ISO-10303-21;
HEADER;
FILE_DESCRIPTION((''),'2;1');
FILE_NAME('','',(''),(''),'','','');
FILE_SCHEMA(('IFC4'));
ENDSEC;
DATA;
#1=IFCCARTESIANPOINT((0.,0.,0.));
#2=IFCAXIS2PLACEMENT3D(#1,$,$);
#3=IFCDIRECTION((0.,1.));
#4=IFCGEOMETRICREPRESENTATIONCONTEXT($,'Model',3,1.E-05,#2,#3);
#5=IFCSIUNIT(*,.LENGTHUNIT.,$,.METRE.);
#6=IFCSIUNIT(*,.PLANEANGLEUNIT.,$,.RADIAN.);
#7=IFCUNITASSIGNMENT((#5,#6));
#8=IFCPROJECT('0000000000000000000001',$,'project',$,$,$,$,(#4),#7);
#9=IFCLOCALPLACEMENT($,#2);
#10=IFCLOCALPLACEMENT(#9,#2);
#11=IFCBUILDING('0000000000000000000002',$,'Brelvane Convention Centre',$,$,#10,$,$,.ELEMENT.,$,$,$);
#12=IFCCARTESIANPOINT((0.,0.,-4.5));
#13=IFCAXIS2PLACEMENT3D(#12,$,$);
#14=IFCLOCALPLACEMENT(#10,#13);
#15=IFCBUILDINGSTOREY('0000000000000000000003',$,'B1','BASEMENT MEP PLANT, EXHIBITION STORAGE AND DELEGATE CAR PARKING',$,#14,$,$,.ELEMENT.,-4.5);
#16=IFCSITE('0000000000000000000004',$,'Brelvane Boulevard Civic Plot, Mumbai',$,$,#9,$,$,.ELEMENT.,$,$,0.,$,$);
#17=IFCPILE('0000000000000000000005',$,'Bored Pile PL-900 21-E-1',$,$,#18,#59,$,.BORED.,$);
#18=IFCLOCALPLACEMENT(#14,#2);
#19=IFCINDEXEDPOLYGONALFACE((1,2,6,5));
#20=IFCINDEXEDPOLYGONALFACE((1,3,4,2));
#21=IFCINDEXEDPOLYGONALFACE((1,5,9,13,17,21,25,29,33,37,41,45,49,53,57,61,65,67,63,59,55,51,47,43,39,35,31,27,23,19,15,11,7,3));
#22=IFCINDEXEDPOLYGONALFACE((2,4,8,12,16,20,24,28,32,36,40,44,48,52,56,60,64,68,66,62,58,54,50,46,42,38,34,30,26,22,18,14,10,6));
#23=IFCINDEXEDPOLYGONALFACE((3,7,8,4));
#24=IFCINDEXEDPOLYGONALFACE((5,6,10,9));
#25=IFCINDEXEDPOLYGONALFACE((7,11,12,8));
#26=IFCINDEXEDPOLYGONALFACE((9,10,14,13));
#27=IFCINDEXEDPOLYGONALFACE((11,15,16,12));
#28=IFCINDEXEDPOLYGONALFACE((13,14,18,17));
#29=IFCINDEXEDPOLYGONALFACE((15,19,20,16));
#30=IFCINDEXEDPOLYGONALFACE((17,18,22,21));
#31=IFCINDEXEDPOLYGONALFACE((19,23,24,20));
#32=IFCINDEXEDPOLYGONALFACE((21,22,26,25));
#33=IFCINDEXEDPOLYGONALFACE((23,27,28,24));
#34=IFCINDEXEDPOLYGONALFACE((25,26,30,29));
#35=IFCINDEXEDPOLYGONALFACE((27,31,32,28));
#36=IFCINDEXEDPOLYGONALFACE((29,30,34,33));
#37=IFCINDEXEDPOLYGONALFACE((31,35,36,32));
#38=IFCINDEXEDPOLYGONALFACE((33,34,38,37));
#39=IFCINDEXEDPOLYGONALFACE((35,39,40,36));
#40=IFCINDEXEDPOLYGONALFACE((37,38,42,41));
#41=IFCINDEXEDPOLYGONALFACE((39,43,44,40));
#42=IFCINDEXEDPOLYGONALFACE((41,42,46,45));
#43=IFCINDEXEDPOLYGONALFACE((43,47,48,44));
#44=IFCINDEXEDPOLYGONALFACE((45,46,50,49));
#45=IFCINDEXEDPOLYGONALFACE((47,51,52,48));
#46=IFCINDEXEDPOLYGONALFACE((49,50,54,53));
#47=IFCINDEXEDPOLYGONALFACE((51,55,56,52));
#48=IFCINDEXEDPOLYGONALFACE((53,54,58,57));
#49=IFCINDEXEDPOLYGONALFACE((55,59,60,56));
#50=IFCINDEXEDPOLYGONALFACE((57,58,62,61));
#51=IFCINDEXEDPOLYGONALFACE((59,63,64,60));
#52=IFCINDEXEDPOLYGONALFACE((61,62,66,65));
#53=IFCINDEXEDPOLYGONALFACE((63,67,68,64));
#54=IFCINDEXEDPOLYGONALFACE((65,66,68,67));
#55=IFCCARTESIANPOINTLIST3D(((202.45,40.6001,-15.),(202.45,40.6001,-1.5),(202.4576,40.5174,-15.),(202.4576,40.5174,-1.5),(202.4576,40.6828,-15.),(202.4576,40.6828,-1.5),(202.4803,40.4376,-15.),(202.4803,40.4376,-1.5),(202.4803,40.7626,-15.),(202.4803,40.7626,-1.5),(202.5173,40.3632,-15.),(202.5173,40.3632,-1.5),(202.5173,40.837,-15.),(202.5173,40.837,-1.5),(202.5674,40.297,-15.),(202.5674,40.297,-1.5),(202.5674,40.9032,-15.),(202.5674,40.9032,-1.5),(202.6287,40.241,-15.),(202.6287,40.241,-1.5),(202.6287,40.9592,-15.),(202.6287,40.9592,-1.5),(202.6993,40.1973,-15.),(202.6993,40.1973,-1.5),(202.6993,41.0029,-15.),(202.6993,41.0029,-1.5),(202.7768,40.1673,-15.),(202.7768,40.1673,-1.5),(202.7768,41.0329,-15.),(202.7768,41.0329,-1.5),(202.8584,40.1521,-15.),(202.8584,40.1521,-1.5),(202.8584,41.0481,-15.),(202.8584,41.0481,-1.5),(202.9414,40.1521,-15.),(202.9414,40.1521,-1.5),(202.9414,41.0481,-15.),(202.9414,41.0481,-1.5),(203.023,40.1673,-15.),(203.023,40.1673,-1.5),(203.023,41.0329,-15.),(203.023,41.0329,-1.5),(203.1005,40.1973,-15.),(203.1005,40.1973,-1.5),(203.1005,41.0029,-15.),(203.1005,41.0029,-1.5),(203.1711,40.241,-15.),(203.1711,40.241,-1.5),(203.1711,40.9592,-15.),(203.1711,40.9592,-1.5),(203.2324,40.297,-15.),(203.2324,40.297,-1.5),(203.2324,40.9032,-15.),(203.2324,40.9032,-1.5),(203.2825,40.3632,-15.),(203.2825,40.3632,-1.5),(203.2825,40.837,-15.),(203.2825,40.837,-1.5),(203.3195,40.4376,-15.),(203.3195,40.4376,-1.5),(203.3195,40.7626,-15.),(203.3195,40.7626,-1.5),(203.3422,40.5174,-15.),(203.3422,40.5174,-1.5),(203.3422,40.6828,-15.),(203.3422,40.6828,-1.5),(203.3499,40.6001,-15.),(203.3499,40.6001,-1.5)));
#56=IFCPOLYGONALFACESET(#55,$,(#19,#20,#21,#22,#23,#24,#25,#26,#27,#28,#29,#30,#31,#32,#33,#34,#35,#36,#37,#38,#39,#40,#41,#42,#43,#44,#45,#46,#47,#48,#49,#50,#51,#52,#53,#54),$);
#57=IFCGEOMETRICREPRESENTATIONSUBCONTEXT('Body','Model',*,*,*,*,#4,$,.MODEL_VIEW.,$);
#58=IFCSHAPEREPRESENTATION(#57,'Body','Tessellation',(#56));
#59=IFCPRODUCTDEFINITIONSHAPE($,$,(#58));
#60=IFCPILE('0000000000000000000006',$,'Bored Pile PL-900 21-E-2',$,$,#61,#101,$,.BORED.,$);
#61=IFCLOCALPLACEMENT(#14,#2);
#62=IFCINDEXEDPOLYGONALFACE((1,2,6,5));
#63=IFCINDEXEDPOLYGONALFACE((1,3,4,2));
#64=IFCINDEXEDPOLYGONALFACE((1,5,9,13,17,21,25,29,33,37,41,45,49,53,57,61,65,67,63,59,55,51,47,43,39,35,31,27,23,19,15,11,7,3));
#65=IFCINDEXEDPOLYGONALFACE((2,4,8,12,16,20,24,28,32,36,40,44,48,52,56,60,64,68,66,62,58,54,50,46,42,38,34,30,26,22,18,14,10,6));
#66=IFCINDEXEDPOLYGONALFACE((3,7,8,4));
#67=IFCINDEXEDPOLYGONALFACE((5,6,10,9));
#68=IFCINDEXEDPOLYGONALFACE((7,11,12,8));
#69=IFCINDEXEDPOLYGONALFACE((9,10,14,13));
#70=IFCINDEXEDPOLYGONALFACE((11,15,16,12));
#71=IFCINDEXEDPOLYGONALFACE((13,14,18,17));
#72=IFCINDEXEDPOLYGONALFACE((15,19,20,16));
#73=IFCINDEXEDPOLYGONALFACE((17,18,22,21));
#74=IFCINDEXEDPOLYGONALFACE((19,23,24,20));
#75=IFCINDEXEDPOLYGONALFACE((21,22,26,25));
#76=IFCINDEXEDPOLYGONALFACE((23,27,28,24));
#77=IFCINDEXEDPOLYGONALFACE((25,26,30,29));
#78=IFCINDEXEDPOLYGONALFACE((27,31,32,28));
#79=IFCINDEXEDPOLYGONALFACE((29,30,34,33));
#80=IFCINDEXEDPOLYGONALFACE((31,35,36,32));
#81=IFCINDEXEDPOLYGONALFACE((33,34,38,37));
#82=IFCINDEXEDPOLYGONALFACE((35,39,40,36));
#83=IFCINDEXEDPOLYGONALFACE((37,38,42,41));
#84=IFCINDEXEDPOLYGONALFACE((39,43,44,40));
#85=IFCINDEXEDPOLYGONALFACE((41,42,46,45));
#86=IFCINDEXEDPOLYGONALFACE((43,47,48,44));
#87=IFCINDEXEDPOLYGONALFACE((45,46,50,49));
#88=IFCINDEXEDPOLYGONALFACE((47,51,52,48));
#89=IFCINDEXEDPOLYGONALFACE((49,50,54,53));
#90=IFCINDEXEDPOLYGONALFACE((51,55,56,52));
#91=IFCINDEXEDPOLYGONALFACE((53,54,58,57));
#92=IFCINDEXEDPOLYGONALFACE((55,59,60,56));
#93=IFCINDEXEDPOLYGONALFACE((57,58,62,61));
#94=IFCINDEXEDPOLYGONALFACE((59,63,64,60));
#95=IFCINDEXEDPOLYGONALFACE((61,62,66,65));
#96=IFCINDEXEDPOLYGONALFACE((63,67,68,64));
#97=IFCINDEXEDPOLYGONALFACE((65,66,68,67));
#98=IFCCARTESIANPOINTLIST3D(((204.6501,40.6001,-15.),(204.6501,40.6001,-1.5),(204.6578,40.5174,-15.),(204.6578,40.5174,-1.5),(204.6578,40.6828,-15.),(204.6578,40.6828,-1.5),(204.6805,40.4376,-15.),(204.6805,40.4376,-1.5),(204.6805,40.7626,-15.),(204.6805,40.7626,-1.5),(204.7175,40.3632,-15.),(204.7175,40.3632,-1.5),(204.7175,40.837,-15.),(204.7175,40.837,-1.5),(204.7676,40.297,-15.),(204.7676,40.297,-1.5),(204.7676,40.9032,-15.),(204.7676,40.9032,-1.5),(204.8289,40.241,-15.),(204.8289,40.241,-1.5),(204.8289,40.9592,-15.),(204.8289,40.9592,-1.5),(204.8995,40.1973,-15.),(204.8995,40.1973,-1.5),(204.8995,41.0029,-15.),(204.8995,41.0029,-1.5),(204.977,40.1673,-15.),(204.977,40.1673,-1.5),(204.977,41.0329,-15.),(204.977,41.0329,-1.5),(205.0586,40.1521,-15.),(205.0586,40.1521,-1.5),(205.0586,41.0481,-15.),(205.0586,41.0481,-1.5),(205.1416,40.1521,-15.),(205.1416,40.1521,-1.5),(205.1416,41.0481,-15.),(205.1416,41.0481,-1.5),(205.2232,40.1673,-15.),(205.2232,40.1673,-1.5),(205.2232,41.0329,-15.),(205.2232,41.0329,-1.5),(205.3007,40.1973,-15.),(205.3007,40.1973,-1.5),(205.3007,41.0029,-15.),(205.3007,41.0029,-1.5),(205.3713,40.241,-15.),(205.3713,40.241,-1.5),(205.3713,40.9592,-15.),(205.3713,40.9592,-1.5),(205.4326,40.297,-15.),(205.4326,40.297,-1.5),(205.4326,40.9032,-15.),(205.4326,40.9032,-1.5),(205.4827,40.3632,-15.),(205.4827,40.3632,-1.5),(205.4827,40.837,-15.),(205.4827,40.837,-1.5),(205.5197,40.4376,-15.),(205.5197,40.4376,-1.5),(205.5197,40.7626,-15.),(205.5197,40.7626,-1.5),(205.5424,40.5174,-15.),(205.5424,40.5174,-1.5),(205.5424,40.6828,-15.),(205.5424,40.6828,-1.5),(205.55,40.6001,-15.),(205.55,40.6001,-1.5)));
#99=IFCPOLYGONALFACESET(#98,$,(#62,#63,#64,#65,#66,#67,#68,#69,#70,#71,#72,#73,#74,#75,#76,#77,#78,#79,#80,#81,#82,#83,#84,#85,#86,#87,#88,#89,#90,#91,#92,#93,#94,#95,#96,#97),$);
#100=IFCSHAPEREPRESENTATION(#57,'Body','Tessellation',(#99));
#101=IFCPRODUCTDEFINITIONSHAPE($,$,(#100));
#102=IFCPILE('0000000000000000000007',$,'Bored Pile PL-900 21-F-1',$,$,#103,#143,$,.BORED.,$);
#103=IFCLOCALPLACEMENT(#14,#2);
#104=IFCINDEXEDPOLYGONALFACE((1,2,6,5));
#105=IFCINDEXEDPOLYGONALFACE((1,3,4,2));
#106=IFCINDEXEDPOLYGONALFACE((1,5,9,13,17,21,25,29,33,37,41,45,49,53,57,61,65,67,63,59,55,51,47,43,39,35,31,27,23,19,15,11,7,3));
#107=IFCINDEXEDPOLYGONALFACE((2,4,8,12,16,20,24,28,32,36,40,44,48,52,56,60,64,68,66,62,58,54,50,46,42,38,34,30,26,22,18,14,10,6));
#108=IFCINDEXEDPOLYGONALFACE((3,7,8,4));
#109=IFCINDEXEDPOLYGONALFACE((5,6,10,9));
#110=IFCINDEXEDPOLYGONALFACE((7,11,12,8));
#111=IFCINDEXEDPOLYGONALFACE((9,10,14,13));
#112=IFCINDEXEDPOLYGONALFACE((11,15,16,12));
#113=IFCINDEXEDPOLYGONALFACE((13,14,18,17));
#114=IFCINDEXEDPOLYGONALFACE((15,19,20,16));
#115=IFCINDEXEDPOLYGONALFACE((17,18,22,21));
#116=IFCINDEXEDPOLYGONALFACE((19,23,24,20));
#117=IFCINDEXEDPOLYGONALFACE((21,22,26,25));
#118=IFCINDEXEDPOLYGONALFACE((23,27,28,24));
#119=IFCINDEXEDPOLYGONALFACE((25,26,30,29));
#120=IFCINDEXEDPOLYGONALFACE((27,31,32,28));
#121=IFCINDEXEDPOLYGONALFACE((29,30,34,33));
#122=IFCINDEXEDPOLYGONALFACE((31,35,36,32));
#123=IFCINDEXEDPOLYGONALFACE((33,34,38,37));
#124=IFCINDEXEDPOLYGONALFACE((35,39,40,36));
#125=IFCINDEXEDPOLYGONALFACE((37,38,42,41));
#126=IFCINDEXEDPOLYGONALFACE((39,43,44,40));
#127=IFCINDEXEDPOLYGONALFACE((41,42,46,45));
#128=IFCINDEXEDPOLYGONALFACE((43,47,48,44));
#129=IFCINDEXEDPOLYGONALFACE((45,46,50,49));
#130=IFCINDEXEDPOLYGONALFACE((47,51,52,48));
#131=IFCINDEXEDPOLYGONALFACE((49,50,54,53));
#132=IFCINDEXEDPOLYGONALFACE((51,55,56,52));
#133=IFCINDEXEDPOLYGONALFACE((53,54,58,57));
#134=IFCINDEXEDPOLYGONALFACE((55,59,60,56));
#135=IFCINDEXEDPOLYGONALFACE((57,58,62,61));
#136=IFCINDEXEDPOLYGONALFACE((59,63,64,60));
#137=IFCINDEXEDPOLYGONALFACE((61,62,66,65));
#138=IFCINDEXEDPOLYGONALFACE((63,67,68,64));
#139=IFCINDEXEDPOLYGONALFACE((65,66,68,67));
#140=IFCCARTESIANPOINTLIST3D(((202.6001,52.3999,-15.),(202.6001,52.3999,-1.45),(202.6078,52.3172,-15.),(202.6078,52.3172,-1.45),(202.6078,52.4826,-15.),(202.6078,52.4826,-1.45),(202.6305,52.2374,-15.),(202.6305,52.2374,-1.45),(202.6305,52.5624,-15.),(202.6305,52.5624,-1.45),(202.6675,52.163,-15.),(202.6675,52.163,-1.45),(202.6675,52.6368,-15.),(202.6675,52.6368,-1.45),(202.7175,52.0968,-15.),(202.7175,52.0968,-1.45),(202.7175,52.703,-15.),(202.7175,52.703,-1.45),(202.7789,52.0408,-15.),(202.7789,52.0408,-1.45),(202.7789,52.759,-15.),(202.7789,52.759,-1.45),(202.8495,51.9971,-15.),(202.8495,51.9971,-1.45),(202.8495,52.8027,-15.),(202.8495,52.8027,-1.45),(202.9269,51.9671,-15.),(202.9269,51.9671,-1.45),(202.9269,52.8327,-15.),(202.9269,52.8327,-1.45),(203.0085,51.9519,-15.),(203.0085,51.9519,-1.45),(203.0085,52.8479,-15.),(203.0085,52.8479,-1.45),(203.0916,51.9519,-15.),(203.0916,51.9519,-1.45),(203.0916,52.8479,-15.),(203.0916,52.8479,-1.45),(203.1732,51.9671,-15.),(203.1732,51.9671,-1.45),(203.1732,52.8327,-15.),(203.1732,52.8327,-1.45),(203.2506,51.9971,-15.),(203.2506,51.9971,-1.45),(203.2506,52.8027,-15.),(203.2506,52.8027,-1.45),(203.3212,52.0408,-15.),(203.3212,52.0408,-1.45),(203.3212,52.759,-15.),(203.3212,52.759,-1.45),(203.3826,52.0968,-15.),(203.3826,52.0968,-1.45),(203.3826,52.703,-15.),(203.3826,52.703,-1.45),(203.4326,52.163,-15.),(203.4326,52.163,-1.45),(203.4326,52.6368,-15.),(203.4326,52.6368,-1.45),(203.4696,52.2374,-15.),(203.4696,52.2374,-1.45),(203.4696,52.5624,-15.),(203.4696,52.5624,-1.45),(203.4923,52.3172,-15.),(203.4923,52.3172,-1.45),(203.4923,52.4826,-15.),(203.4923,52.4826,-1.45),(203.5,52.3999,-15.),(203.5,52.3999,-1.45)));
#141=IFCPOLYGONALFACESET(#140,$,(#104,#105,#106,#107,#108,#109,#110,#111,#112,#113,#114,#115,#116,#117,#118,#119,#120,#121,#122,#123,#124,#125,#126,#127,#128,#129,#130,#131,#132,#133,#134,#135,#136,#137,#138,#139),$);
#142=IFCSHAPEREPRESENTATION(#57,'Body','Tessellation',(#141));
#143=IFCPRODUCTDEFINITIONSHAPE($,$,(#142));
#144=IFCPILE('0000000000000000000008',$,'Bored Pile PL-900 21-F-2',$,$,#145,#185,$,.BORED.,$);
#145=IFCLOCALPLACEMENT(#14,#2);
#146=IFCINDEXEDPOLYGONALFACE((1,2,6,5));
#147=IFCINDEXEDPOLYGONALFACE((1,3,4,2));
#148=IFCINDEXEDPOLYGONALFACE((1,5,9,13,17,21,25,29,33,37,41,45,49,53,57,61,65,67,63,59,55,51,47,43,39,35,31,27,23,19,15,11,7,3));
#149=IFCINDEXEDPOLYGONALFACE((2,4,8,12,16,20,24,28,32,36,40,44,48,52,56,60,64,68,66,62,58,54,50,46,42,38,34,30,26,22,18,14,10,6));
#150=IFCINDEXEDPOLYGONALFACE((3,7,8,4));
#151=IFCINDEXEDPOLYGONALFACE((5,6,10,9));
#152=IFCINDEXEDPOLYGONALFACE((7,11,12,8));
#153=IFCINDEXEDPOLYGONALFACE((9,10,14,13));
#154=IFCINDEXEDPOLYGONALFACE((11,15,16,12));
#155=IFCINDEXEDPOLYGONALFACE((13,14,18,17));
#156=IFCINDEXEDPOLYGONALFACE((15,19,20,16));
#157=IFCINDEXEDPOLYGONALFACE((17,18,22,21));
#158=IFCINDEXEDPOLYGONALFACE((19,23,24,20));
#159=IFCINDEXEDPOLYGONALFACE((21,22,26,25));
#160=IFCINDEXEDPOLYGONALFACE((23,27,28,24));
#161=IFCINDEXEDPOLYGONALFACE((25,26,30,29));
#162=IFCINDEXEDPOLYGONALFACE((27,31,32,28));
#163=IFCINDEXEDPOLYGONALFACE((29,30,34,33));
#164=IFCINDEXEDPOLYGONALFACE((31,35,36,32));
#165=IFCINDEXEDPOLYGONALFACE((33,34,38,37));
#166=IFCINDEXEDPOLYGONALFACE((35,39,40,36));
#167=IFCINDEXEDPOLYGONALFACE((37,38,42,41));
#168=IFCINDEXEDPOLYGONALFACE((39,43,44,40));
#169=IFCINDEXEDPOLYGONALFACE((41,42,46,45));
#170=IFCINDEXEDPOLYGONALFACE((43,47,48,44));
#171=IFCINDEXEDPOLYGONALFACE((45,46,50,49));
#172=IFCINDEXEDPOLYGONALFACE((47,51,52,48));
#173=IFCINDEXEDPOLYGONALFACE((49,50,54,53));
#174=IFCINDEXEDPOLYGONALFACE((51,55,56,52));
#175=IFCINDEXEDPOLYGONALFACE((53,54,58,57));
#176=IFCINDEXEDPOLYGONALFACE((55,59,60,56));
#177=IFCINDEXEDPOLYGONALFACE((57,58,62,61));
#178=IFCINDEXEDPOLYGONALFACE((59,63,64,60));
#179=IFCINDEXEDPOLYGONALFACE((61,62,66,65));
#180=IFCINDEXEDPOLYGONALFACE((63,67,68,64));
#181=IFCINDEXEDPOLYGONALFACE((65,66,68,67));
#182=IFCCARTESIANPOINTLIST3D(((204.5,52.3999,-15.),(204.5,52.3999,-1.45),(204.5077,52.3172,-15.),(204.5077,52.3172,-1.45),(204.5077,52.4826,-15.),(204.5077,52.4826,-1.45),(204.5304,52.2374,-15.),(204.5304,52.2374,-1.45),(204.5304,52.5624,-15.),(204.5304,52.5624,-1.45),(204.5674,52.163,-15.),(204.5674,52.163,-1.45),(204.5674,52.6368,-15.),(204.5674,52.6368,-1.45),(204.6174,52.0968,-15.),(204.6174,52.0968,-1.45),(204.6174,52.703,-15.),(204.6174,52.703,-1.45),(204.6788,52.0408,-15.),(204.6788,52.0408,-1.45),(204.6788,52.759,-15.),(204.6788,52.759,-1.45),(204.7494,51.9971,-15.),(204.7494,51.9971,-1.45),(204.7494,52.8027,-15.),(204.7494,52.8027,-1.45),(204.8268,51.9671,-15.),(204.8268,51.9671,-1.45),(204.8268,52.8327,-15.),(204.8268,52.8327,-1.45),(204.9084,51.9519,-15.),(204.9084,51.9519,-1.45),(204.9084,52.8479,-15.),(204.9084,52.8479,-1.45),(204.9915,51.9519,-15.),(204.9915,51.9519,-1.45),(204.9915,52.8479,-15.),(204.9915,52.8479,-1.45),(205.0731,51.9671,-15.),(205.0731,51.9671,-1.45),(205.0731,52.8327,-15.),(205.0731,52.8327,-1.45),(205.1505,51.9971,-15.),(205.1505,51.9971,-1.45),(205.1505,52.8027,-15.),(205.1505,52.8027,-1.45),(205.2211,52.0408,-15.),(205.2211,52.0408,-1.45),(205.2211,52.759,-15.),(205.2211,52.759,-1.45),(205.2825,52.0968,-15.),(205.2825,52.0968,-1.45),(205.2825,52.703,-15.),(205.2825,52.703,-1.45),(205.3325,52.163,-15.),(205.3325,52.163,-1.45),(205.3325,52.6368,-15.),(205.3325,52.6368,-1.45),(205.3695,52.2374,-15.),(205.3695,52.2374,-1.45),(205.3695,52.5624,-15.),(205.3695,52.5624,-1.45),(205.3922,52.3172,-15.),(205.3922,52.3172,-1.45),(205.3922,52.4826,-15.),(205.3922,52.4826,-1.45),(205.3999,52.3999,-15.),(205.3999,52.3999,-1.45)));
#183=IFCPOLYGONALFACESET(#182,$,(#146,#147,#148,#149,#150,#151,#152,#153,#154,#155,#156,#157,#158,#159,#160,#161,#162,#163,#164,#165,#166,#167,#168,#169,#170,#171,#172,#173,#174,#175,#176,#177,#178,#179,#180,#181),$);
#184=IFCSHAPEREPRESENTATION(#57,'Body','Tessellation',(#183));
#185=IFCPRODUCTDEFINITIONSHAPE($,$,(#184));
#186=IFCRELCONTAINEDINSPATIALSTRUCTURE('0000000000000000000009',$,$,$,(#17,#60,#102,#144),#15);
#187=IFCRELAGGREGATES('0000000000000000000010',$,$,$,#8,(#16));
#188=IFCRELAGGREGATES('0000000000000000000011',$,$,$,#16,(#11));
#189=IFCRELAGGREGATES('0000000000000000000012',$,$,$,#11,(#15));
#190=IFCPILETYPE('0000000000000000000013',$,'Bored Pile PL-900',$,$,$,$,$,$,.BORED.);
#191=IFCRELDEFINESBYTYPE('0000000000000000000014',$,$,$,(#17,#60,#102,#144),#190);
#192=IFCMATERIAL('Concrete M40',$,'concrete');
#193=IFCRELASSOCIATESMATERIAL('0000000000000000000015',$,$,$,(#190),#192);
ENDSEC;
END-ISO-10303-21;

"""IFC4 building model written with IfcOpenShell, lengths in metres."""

from ifc_helpers import new_model, si_unit, direction, frame, origin, origin_2d, place, context, subcontext, project, spatial, circle, extrude, material, material_profile, profile_set, type_object, element, save


model = new_model("IFC4")

# Units and contexts
model_context = context("Model", 3, precision=1e-05, world=origin(), true_north=direction((0.0, 1.0)))
body_context = subcontext(model_context, "Body", "Model", "MODEL_VIEW")
ifc_project = project(units=[si_unit("LENGTHUNIT", "METRE"), si_unit("PLANEANGLEUNIT", "RADIAN")], contexts=[model_context])

# Site, building, storey
site_placement = place(None, origin())
site = spatial("IfcSite", under=ifc_project, at=site_placement, Name="Brelvane Boulevard Civic Plot, Mumbai", CompositionType="ELEMENT", RefElevation=0.0)
building_placement = place(site_placement, origin())
building = spatial("IfcBuilding", under=site, at=building_placement, Name="Brelvane Convention Centre", CompositionType="ELEMENT")
storey_placement = place(building_placement, frame((0.0, 0.0, -4.5)))
storey = spatial("IfcBuildingStorey", under=building, at=storey_placement, Name="B1", Description="BASEMENT MEP PLANT, EXHIBITION STORAGE AND DELEGATE CAR PARKING", CompositionType="ELEMENT", Elevation=-4.5)

# Piles
ifc_material_1 = material(Name="Concrete M40", Category="concrete")
ifc_material_profile_1 = material_profile(ifc_material_1, circle(Radius=0.45, at=origin_2d()), Name="PILE D900")
ifc_profile_set_1 = profile_set([ifc_material_profile_1], Name="Concrete M40")
pile_type = type_object("IfcPileType", Name="Bored Pile PL-900", PredefinedType="BORED", material=ifc_profile_set_1)
for number, where, z_axis, x_axis, name in (
    (1, (202.8999, 40.6001, -1.5), (0.0, 0.0, -1.0), (1.0, 0.0, 0.0), "Bored Pile PL-900 21-E-1"),
    (2, (205.1001, 40.6001, -1.5), (0.0, 0.0, -1.0), (1.0, 0.0, 0.0), "Bored Pile PL-900 21-E-2"),
):
    element("IfcPile", number, at=place(storey_placement, frame(where, z_axis=z_axis, x_axis=x_axis)), inside=storey, type_object=pile_type, Name=name, PredefinedType="BORED", context=body_context, shape_type="SweptSolid", body=[
        extrude(circle(Radius=0.45, at=origin_2d()), origin(), (0.0, 0.0, 1.0), 13.5),
    ])
for number, where, z_axis, x_axis, name in (
    (3, (203.05, 52.3999, -1.45), (0.0, 0.0, -1.0), (1.0, 0.0, 0.0), "Bored Pile PL-900 21-F-1"),
    (4, (204.95, 52.3999, -1.45), (0.0, 0.0, -1.0), (1.0, 0.0, 0.0), "Bored Pile PL-900 21-F-2"),
):
    element("IfcPile", number, at=place(storey_placement, frame(where, z_axis=z_axis, x_axis=x_axis)), inside=storey, type_object=pile_type, Name=name, PredefinedType="BORED", context=body_context, shape_type="SweptSolid", body=[
        extrude(circle(Radius=0.45, at=origin_2d()), origin(), (0.0, 0.0, 1.0), 13.55),
    ])

save(model, "model.ifc")
